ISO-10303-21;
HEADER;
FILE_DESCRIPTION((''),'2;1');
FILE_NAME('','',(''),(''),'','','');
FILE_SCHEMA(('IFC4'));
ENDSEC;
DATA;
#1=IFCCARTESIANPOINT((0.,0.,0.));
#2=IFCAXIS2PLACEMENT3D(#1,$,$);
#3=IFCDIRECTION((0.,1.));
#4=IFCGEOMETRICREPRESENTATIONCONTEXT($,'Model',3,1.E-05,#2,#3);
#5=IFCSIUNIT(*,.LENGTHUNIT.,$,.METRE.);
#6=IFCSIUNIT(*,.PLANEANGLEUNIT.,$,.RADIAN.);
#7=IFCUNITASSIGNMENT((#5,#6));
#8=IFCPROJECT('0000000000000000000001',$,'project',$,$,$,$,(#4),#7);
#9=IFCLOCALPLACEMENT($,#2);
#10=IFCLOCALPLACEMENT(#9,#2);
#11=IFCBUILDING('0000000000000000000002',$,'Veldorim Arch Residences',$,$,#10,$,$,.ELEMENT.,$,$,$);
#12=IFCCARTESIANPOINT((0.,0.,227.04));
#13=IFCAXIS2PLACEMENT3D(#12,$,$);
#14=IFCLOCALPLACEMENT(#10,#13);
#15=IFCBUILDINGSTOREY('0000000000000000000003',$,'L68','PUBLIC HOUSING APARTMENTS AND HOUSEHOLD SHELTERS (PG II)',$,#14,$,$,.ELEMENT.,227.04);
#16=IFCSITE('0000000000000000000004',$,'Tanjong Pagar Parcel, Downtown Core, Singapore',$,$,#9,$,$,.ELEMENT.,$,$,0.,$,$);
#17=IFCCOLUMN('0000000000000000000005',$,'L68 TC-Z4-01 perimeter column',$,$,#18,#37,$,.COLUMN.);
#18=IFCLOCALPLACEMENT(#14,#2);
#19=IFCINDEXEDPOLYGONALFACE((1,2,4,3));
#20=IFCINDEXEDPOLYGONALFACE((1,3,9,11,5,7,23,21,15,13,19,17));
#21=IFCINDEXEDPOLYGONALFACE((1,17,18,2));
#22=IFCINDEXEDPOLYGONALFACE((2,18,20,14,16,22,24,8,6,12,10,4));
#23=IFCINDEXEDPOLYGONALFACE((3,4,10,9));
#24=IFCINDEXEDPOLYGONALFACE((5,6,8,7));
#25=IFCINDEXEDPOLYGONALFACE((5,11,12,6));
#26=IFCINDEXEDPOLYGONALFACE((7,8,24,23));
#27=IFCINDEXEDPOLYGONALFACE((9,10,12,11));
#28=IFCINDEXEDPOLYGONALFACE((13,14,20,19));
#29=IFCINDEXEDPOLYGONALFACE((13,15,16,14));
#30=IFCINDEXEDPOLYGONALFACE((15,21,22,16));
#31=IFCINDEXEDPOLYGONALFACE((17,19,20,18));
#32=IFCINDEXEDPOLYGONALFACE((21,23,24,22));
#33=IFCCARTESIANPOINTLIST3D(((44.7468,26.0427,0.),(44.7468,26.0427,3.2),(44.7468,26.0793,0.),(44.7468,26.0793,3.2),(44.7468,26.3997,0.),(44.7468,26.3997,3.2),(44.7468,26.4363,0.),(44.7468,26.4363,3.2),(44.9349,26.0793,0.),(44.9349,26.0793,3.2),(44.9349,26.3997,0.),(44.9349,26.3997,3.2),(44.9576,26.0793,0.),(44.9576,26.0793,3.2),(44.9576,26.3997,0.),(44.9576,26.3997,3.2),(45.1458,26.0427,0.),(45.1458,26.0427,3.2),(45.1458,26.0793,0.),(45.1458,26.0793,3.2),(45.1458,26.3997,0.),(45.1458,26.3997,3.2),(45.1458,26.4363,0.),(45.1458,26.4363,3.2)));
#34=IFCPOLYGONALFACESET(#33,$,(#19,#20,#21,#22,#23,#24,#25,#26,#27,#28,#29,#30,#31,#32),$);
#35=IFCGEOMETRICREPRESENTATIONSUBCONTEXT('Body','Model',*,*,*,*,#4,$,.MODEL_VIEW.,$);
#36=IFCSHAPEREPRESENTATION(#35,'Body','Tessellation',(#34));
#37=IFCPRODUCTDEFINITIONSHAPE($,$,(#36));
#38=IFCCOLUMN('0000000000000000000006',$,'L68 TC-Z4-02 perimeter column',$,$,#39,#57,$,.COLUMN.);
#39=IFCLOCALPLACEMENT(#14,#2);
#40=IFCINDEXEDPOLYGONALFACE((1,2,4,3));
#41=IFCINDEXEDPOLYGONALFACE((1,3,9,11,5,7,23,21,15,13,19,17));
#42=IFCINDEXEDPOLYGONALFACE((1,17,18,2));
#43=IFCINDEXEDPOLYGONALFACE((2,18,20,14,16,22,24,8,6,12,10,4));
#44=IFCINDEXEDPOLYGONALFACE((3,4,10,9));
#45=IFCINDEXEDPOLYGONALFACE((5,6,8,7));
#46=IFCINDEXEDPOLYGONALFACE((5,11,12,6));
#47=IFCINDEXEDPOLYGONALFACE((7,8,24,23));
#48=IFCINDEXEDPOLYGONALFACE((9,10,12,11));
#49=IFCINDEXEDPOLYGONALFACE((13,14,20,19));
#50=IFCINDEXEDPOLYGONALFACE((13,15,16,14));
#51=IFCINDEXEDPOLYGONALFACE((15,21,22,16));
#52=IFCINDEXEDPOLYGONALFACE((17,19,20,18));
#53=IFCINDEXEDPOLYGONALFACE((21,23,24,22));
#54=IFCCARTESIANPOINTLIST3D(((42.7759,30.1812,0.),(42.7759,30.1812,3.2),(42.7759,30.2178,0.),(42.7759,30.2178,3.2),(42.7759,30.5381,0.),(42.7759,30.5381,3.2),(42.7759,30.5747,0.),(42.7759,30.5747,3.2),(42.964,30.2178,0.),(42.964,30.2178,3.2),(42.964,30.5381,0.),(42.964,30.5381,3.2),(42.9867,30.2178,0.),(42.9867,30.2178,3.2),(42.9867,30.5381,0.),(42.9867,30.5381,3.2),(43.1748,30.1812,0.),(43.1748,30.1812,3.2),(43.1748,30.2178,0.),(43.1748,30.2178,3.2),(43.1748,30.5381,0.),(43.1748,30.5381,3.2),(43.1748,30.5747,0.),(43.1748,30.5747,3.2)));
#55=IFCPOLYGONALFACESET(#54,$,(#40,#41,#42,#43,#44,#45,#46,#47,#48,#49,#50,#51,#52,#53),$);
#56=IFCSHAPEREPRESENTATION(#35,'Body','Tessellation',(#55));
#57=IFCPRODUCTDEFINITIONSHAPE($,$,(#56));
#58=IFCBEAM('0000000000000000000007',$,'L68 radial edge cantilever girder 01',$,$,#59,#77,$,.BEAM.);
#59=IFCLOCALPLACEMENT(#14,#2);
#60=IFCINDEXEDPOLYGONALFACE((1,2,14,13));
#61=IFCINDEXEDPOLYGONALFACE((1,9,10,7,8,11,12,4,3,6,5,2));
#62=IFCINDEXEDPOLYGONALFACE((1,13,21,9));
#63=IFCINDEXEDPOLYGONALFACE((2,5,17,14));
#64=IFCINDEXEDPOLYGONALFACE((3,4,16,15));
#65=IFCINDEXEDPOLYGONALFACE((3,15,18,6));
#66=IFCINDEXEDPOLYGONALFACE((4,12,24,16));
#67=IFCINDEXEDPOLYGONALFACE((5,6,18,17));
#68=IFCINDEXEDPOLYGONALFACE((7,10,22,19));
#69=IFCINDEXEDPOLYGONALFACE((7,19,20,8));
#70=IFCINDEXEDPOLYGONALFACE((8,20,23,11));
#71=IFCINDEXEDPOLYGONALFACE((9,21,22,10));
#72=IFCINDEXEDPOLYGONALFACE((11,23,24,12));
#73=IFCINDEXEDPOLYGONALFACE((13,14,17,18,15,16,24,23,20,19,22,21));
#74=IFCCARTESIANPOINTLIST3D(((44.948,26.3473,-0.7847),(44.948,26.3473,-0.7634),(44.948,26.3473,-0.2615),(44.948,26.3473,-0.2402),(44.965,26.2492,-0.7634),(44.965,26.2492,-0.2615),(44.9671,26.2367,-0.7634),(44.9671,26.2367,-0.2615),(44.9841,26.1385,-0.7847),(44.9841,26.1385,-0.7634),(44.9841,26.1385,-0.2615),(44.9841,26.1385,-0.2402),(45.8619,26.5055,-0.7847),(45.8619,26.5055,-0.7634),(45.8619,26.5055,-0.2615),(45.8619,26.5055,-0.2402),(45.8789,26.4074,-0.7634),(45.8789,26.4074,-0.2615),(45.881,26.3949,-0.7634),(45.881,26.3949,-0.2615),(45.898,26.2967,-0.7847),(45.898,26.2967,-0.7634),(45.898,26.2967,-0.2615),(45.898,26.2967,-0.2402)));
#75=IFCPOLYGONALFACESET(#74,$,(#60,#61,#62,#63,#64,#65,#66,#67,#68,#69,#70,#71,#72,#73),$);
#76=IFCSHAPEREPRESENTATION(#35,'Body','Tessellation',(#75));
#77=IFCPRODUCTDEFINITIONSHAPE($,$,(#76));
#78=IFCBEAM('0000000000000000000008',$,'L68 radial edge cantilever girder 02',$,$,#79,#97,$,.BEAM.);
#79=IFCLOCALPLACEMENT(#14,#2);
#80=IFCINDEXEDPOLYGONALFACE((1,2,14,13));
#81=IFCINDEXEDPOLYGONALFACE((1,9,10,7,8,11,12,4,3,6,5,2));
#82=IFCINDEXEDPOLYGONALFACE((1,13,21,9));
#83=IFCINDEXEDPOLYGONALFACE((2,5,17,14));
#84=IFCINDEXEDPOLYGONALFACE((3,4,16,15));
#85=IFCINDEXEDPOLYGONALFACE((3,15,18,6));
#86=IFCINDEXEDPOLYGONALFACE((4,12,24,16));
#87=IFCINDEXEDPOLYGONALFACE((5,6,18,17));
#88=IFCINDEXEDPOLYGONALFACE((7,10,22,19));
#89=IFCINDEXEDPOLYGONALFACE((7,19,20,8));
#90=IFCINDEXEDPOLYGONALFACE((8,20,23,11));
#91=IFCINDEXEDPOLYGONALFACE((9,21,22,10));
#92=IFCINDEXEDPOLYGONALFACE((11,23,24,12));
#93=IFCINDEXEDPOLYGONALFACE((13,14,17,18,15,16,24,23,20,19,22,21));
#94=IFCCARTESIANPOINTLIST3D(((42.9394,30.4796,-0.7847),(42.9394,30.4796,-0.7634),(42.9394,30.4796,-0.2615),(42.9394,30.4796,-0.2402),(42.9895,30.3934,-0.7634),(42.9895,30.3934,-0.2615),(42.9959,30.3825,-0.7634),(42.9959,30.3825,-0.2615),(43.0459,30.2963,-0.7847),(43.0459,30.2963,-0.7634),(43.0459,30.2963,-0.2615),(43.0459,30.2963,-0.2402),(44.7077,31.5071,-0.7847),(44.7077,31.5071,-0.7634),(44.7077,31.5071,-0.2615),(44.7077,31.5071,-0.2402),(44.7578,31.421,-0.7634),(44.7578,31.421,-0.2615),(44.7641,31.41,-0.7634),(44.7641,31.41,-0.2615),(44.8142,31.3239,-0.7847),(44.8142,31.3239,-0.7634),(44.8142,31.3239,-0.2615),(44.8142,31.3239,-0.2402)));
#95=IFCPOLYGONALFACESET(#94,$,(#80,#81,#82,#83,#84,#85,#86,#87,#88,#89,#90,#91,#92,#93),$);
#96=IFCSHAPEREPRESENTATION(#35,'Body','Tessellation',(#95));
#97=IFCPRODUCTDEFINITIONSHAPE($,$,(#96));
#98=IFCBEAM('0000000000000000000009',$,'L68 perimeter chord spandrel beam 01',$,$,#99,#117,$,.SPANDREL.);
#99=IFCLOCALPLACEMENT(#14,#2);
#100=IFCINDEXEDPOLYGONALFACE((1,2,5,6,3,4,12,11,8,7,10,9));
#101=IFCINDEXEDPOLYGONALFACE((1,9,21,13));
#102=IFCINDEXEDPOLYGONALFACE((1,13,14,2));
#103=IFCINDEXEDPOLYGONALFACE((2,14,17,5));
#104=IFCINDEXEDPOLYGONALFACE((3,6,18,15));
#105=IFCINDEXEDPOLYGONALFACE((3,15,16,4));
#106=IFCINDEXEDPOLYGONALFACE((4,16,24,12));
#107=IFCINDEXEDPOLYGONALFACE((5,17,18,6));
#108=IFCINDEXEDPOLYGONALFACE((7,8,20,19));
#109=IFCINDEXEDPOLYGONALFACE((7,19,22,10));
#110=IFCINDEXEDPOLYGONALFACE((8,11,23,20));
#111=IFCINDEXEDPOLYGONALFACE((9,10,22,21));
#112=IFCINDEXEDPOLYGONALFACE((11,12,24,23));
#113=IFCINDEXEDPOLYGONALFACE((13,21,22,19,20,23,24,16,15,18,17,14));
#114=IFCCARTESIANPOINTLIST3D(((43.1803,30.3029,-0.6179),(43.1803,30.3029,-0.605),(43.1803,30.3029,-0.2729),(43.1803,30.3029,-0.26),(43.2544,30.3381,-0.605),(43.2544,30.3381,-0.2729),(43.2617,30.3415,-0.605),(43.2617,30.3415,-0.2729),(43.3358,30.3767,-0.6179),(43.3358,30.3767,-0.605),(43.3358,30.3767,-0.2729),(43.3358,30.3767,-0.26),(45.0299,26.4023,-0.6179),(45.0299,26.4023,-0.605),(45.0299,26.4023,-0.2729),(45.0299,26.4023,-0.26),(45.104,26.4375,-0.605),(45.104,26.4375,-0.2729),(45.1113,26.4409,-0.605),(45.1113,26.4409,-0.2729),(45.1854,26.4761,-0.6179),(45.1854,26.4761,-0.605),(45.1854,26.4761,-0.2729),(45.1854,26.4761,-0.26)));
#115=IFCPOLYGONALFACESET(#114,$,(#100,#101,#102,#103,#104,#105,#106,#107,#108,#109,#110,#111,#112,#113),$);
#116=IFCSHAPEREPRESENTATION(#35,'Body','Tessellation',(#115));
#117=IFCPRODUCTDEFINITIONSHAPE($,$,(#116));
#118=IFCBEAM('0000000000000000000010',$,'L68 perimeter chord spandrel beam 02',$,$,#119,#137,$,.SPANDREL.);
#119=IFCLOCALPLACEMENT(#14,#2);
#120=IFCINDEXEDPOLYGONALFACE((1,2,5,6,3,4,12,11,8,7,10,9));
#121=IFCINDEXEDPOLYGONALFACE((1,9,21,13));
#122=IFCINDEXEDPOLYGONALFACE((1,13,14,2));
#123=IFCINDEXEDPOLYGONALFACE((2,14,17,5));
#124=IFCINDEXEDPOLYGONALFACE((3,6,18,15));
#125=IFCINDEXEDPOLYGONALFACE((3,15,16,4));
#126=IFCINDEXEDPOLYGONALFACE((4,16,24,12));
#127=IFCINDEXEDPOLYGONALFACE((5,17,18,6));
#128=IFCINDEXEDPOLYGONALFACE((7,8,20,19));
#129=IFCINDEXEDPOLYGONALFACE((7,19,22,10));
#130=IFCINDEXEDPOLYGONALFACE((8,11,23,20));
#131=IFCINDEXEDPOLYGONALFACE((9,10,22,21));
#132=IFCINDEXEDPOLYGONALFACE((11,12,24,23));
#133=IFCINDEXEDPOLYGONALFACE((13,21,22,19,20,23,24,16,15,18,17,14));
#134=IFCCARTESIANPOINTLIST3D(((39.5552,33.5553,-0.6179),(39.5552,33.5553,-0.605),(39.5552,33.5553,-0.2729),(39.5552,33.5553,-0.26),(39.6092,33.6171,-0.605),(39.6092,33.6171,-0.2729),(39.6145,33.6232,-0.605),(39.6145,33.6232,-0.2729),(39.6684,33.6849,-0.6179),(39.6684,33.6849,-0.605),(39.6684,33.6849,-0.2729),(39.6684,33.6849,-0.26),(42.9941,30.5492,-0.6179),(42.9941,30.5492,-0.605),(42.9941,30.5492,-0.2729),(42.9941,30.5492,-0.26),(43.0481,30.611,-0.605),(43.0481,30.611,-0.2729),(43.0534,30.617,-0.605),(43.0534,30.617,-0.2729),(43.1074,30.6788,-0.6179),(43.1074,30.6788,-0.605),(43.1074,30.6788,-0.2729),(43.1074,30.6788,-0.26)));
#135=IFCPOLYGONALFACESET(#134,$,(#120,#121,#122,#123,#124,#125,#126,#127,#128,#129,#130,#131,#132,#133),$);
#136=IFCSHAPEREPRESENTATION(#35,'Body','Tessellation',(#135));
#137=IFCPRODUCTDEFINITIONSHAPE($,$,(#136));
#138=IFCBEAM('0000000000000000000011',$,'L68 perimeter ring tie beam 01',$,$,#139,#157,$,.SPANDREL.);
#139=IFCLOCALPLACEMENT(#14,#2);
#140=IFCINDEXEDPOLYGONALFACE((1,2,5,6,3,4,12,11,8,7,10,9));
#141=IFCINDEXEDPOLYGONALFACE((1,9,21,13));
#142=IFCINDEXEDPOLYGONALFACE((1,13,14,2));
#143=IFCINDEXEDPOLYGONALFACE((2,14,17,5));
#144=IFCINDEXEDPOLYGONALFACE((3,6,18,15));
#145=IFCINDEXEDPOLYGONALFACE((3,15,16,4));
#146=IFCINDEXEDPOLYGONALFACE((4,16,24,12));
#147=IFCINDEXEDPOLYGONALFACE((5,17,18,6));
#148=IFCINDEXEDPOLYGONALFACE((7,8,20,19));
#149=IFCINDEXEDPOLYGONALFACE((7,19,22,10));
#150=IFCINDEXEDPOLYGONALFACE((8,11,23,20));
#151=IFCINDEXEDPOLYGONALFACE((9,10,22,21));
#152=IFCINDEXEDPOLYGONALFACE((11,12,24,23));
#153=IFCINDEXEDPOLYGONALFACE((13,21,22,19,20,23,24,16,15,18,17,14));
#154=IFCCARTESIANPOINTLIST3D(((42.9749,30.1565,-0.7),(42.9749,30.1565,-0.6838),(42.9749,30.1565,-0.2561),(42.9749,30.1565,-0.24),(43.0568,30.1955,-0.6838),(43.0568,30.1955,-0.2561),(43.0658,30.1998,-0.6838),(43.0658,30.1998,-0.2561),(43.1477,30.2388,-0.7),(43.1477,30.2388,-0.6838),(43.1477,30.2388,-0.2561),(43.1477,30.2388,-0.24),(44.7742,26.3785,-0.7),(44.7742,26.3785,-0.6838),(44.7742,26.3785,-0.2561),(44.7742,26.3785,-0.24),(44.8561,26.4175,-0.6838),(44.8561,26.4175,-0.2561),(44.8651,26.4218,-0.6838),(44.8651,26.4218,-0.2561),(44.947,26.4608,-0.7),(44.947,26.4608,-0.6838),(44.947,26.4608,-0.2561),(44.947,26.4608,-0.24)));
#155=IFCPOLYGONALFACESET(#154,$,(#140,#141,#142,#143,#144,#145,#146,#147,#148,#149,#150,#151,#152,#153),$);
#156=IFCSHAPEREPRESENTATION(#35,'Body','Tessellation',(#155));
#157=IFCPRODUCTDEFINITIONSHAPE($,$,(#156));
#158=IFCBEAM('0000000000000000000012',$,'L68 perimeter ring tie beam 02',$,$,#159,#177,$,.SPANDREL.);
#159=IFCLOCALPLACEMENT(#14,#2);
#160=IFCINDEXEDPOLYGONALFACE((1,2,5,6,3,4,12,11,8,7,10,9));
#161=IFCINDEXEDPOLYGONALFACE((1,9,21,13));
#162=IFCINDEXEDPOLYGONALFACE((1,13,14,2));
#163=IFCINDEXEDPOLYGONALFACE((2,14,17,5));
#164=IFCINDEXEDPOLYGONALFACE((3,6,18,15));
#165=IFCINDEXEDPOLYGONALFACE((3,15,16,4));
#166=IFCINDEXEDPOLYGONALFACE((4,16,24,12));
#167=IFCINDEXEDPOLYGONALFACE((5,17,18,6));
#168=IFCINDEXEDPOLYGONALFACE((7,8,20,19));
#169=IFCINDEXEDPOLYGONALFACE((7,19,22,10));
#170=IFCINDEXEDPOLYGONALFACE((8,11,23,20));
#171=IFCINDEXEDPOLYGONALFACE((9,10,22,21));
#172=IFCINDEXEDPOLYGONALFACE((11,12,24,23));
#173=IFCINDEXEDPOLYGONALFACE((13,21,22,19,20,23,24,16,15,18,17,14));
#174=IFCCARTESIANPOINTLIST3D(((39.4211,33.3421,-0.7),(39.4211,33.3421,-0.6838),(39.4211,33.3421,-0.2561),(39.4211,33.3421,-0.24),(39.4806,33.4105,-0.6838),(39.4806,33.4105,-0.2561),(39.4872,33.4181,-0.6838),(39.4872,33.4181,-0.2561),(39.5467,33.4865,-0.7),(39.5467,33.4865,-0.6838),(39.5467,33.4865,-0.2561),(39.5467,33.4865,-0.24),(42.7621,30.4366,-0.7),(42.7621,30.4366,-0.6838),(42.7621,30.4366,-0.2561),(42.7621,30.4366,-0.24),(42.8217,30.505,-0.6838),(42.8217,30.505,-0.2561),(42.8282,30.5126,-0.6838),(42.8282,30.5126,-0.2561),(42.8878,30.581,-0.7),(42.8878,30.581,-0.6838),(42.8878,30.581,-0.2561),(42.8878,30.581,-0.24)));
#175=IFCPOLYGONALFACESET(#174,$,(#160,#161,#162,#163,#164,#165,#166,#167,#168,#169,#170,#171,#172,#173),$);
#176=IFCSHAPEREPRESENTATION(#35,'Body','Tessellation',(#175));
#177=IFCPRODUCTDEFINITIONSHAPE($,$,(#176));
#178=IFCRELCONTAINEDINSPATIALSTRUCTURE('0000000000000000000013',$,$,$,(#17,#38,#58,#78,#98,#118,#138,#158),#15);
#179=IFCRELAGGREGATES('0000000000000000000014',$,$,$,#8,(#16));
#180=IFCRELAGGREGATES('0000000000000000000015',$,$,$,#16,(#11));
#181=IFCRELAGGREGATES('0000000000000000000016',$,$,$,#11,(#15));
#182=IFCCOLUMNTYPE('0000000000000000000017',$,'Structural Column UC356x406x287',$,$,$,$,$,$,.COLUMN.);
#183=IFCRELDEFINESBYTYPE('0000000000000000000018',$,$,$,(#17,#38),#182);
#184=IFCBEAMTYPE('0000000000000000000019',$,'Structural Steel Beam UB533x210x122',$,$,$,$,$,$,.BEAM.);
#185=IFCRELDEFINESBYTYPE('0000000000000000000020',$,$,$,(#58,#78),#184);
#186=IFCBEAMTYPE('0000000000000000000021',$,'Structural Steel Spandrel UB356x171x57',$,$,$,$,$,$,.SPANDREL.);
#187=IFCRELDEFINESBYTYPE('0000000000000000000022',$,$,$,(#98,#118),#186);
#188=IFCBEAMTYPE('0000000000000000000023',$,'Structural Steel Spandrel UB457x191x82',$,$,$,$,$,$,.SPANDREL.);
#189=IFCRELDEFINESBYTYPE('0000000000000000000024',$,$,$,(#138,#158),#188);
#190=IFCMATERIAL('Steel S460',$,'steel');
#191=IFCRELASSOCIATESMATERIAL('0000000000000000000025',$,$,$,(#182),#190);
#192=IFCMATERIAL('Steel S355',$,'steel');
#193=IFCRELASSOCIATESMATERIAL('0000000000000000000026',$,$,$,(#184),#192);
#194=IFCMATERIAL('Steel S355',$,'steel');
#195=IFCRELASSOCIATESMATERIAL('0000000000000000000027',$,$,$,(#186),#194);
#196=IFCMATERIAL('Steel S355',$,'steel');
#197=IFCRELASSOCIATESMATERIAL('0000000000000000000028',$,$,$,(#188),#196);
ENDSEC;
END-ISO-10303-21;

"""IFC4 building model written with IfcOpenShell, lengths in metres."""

from ifc_helpers import new_model, si_unit, direction, frame, origin, origin_2d, place, context, subcontext, project, spatial, i_section, extrude, material, material_profile, profile_set, type_object, element, save


model = new_model("IFC4")

# Units and contexts
model_context = context("Model", 3, precision=1e-05, world=origin(), true_north=direction((0.0, 1.0)))
body_context = subcontext(model_context, "Body", "Model", "MODEL_VIEW")
ifc_project = project(units=[si_unit("LENGTHUNIT", "METRE"), si_unit("PLANEANGLEUNIT", "RADIAN")], contexts=[model_context])

# Site, building, storey
site_placement = place(None, origin())
site = spatial("IfcSite", under=ifc_project, at=site_placement, Name="Tanjong Pagar Parcel, Downtown Core, Singapore", CompositionType="ELEMENT", RefElevation=0.0)
building_placement = place(site_placement, origin())
building = spatial("IfcBuilding", under=site, at=building_placement, Name="Veldorim Arch Residences", CompositionType="ELEMENT")
storey_placement = place(building_placement, frame((0.0, 0.0, 227.04)))
storey = spatial("IfcBuildingStorey", under=building, at=storey_placement, Name="L68", Description="PUBLIC HOUSING APARTMENTS AND HOUSEHOLD SHELTERS (PG II)", CompositionType="ELEMENT", Elevation=227.04)

# Columns
ifc_material_1 = material(Name="Steel S460", Category="steel")
ifc_material_profile_1 = material_profile(ifc_material_1, i_section(OverallWidth=0.3989, OverallDepth=0.3936, WebThickness=0.0227, FlangeThickness=0.0366, at=origin_2d()), Name="UC356x406x287")
ifc_profile_set_1 = profile_set([ifc_material_profile_1], Name="Steel S460")
column_type = type_object("IfcColumnType", Name="Structural Column UC356x406x287", PredefinedType="COLUMN", material=ifc_profile_set_1)
for number, where, z_axis, x_axis, name in (
    (1, (44.9463, 26.2395, 0.0), (0.0, 0.0, 1.0), (1.0, 0.0, 0.0), "L68 TC-Z4-01 perimeter column"),
    (2, (42.9753, 30.3779, 0.0), (0.0, 0.0, 1.0), (1.0, 0.0, 0.0), "L68 TC-Z4-02 perimeter column"),
):
    element("IfcColumn", number, at=place(storey_placement, frame(where, z_axis=z_axis, x_axis=x_axis)), inside=storey, type_object=column_type, Name=name, PredefinedType="COLUMN", context=body_context, shape_type="SweptSolid", body=[
        extrude(i_section(OverallWidth=0.3989, OverallDepth=0.3936, WebThickness=0.0227, FlangeThickness=0.0366, at=origin_2d()), origin(), (0.0, 0.0, 1.0), 3.2),
    ])

# Beams
ifc_material_2 = material(Name="Steel S355", Category="steel")
ifc_material_profile_2 = material_profile(ifc_material_2, i_section(OverallWidth=0.2119, OverallDepth=0.5444, WebThickness=0.0127, FlangeThickness=0.0212, at=origin_2d()), Name="UB533x210x122")
ifc_profile_set_2 = profile_set([ifc_material_profile_2], Name="Steel S355")
beam_type_1 = type_object("IfcBeamType", Name="Structural Steel Beam UB533x210x122", PredefinedType="BEAM", material=ifc_profile_set_2)
beam_1_placement = place(storey_placement, frame((44.9661, 26.2429, -0.5125), z_axis=(0.985343, 0.170586, 0.0), x_axis=(-0.170586, 0.985343, 0.0)))
element("IfcBeam", 3, at=beam_1_placement, inside=storey, type_object=beam_type_1, Name="L68 radial edge cantilever girder 01", PredefinedType="BEAM", context=body_context, shape_type="SweptSolid", body=[
    extrude(i_section(OverallWidth=0.2119, OverallDepth=0.5444, WebThickness=0.0127, FlangeThickness=0.0212, at=origin_2d()), origin(), (0.0, 0.0, 1.0), 0.9275),
])
beam_2_placement = place(storey_placement, frame((42.9927, 30.3879, -0.5125), z_axis=(0.864613, 0.502438, 0.0), x_axis=(-0.502438, 0.864613, 0.0)))
element("IfcBeam", 4, at=beam_2_placement, inside=storey, type_object=beam_type_1, Name="L68 radial edge cantilever girder 02", PredefinedType="BEAM", context=body_context, shape_type="SweptSolid", body=[
    extrude(i_section(OverallWidth=0.2119, OverallDepth=0.5444, WebThickness=0.0127, FlangeThickness=0.0212, at=origin_2d()), origin(), (0.0, 0.0, 1.0), 2.0452),
])
ifc_material_3 = material(Name="Steel S355", Category="steel")
ifc_material_profile_3 = material_profile(ifc_material_3, i_section(OverallWidth=0.1721, OverallDepth=0.3579, WebThickness=0.0081, FlangeThickness=0.0129, at=origin_2d()), Name="UB356x171x57")
ifc_profile_set_3 = profile_set([ifc_material_profile_3], Name="Steel S355")
beam_type_2 = type_object("IfcBeamType", Name="Structural Steel Spandrel UB356x171x57", PredefinedType="SPANDREL", material=ifc_profile_set_3)
beam_3_placement = place(storey_placement, frame((45.1077, 26.4392, -0.439), z_axis=(-0.428453, 0.903564, 0.0), x_axis=(-0.903564, -0.428453, 0.0)))
element("IfcBeam", 5, at=beam_3_placement, inside=storey, type_object=beam_type_2, Name="L68 perimeter chord spandrel beam 01", PredefinedType="SPANDREL", context=body_context, shape_type="SweptSolid", body=[
    extrude(i_section(OverallWidth=0.1721, OverallDepth=0.3579, WebThickness=0.0081, FlangeThickness=0.0129, at=origin_2d()), origin(), (0.0, 0.0, 1.0), 4.3169),
])
beam_4_placement = place(storey_placement, frame((43.0508, 30.614, -0.439), z_axis=(-0.752901, 0.658134, 0.0), x_axis=(-0.658134, -0.752901, 0.0)))
element("IfcBeam", 6, at=beam_4_placement, inside=storey, type_object=beam_type_2, Name="L68 perimeter chord spandrel beam 02", PredefinedType="SPANDREL", context=body_context, shape_type="SweptSolid", body=[
    extrude(i_section(OverallWidth=0.1721, OverallDepth=0.3579, WebThickness=0.0081, FlangeThickness=0.0129, at=origin_2d()), origin(), (0.0, 0.0, 1.0), 4.5676),
])
ifc_material_4 = material(Name="Steel S355", Category="steel")
ifc_material_profile_4 = material_profile(ifc_material_4, i_section(OverallWidth=0.1914, OverallDepth=0.46, WebThickness=0.01, FlangeThickness=0.0161, at=origin_2d()), Name="UB457x191x82")
ifc_profile_set_4 = profile_set([ifc_material_profile_4], Name="Steel S355")
beam_type_3 = type_object("IfcBeamType", Name="Structural Steel Spandrel UB457x191x82", PredefinedType="SPANDREL", material=ifc_profile_set_4)
beam_5_placement = place(storey_placement, frame((44.8606, 26.4197, -0.47), z_axis=(-0.429979, 0.902839, 0.0), x_axis=(-0.902839, -0.429979, 0.0)))
element("IfcBeam", 7, at=beam_5_placement, inside=storey, type_object=beam_type_3, Name="L68 perimeter ring tie beam 01", PredefinedType="SPANDREL", context=body_context, shape_type="SweptSolid", body=[
    extrude(i_section(OverallWidth=0.1914, OverallDepth=0.46, WebThickness=0.01, FlangeThickness=0.0161, at=origin_2d()), origin(), (0.0, 0.0, 1.0), 4.1846),
])
beam_6_placement = place(storey_placement, frame((42.825, 30.5088, -0.47), z_axis=(-0.754578, 0.65621, 0.0), x_axis=(-0.65621, -0.754578, 0.0)))
element("IfcBeam", 8, at=beam_6_placement, inside=storey, type_object=beam_type_3, Name="L68 perimeter ring tie beam 02", PredefinedType="SPANDREL", context=body_context, shape_type="SweptSolid", body=[
    extrude(i_section(OverallWidth=0.1914, OverallDepth=0.46, WebThickness=0.01, FlangeThickness=0.0161, at=origin_2d()), origin(), (0.0, 0.0, 1.0), 4.4277),
])

save(model, "model.ifc")
